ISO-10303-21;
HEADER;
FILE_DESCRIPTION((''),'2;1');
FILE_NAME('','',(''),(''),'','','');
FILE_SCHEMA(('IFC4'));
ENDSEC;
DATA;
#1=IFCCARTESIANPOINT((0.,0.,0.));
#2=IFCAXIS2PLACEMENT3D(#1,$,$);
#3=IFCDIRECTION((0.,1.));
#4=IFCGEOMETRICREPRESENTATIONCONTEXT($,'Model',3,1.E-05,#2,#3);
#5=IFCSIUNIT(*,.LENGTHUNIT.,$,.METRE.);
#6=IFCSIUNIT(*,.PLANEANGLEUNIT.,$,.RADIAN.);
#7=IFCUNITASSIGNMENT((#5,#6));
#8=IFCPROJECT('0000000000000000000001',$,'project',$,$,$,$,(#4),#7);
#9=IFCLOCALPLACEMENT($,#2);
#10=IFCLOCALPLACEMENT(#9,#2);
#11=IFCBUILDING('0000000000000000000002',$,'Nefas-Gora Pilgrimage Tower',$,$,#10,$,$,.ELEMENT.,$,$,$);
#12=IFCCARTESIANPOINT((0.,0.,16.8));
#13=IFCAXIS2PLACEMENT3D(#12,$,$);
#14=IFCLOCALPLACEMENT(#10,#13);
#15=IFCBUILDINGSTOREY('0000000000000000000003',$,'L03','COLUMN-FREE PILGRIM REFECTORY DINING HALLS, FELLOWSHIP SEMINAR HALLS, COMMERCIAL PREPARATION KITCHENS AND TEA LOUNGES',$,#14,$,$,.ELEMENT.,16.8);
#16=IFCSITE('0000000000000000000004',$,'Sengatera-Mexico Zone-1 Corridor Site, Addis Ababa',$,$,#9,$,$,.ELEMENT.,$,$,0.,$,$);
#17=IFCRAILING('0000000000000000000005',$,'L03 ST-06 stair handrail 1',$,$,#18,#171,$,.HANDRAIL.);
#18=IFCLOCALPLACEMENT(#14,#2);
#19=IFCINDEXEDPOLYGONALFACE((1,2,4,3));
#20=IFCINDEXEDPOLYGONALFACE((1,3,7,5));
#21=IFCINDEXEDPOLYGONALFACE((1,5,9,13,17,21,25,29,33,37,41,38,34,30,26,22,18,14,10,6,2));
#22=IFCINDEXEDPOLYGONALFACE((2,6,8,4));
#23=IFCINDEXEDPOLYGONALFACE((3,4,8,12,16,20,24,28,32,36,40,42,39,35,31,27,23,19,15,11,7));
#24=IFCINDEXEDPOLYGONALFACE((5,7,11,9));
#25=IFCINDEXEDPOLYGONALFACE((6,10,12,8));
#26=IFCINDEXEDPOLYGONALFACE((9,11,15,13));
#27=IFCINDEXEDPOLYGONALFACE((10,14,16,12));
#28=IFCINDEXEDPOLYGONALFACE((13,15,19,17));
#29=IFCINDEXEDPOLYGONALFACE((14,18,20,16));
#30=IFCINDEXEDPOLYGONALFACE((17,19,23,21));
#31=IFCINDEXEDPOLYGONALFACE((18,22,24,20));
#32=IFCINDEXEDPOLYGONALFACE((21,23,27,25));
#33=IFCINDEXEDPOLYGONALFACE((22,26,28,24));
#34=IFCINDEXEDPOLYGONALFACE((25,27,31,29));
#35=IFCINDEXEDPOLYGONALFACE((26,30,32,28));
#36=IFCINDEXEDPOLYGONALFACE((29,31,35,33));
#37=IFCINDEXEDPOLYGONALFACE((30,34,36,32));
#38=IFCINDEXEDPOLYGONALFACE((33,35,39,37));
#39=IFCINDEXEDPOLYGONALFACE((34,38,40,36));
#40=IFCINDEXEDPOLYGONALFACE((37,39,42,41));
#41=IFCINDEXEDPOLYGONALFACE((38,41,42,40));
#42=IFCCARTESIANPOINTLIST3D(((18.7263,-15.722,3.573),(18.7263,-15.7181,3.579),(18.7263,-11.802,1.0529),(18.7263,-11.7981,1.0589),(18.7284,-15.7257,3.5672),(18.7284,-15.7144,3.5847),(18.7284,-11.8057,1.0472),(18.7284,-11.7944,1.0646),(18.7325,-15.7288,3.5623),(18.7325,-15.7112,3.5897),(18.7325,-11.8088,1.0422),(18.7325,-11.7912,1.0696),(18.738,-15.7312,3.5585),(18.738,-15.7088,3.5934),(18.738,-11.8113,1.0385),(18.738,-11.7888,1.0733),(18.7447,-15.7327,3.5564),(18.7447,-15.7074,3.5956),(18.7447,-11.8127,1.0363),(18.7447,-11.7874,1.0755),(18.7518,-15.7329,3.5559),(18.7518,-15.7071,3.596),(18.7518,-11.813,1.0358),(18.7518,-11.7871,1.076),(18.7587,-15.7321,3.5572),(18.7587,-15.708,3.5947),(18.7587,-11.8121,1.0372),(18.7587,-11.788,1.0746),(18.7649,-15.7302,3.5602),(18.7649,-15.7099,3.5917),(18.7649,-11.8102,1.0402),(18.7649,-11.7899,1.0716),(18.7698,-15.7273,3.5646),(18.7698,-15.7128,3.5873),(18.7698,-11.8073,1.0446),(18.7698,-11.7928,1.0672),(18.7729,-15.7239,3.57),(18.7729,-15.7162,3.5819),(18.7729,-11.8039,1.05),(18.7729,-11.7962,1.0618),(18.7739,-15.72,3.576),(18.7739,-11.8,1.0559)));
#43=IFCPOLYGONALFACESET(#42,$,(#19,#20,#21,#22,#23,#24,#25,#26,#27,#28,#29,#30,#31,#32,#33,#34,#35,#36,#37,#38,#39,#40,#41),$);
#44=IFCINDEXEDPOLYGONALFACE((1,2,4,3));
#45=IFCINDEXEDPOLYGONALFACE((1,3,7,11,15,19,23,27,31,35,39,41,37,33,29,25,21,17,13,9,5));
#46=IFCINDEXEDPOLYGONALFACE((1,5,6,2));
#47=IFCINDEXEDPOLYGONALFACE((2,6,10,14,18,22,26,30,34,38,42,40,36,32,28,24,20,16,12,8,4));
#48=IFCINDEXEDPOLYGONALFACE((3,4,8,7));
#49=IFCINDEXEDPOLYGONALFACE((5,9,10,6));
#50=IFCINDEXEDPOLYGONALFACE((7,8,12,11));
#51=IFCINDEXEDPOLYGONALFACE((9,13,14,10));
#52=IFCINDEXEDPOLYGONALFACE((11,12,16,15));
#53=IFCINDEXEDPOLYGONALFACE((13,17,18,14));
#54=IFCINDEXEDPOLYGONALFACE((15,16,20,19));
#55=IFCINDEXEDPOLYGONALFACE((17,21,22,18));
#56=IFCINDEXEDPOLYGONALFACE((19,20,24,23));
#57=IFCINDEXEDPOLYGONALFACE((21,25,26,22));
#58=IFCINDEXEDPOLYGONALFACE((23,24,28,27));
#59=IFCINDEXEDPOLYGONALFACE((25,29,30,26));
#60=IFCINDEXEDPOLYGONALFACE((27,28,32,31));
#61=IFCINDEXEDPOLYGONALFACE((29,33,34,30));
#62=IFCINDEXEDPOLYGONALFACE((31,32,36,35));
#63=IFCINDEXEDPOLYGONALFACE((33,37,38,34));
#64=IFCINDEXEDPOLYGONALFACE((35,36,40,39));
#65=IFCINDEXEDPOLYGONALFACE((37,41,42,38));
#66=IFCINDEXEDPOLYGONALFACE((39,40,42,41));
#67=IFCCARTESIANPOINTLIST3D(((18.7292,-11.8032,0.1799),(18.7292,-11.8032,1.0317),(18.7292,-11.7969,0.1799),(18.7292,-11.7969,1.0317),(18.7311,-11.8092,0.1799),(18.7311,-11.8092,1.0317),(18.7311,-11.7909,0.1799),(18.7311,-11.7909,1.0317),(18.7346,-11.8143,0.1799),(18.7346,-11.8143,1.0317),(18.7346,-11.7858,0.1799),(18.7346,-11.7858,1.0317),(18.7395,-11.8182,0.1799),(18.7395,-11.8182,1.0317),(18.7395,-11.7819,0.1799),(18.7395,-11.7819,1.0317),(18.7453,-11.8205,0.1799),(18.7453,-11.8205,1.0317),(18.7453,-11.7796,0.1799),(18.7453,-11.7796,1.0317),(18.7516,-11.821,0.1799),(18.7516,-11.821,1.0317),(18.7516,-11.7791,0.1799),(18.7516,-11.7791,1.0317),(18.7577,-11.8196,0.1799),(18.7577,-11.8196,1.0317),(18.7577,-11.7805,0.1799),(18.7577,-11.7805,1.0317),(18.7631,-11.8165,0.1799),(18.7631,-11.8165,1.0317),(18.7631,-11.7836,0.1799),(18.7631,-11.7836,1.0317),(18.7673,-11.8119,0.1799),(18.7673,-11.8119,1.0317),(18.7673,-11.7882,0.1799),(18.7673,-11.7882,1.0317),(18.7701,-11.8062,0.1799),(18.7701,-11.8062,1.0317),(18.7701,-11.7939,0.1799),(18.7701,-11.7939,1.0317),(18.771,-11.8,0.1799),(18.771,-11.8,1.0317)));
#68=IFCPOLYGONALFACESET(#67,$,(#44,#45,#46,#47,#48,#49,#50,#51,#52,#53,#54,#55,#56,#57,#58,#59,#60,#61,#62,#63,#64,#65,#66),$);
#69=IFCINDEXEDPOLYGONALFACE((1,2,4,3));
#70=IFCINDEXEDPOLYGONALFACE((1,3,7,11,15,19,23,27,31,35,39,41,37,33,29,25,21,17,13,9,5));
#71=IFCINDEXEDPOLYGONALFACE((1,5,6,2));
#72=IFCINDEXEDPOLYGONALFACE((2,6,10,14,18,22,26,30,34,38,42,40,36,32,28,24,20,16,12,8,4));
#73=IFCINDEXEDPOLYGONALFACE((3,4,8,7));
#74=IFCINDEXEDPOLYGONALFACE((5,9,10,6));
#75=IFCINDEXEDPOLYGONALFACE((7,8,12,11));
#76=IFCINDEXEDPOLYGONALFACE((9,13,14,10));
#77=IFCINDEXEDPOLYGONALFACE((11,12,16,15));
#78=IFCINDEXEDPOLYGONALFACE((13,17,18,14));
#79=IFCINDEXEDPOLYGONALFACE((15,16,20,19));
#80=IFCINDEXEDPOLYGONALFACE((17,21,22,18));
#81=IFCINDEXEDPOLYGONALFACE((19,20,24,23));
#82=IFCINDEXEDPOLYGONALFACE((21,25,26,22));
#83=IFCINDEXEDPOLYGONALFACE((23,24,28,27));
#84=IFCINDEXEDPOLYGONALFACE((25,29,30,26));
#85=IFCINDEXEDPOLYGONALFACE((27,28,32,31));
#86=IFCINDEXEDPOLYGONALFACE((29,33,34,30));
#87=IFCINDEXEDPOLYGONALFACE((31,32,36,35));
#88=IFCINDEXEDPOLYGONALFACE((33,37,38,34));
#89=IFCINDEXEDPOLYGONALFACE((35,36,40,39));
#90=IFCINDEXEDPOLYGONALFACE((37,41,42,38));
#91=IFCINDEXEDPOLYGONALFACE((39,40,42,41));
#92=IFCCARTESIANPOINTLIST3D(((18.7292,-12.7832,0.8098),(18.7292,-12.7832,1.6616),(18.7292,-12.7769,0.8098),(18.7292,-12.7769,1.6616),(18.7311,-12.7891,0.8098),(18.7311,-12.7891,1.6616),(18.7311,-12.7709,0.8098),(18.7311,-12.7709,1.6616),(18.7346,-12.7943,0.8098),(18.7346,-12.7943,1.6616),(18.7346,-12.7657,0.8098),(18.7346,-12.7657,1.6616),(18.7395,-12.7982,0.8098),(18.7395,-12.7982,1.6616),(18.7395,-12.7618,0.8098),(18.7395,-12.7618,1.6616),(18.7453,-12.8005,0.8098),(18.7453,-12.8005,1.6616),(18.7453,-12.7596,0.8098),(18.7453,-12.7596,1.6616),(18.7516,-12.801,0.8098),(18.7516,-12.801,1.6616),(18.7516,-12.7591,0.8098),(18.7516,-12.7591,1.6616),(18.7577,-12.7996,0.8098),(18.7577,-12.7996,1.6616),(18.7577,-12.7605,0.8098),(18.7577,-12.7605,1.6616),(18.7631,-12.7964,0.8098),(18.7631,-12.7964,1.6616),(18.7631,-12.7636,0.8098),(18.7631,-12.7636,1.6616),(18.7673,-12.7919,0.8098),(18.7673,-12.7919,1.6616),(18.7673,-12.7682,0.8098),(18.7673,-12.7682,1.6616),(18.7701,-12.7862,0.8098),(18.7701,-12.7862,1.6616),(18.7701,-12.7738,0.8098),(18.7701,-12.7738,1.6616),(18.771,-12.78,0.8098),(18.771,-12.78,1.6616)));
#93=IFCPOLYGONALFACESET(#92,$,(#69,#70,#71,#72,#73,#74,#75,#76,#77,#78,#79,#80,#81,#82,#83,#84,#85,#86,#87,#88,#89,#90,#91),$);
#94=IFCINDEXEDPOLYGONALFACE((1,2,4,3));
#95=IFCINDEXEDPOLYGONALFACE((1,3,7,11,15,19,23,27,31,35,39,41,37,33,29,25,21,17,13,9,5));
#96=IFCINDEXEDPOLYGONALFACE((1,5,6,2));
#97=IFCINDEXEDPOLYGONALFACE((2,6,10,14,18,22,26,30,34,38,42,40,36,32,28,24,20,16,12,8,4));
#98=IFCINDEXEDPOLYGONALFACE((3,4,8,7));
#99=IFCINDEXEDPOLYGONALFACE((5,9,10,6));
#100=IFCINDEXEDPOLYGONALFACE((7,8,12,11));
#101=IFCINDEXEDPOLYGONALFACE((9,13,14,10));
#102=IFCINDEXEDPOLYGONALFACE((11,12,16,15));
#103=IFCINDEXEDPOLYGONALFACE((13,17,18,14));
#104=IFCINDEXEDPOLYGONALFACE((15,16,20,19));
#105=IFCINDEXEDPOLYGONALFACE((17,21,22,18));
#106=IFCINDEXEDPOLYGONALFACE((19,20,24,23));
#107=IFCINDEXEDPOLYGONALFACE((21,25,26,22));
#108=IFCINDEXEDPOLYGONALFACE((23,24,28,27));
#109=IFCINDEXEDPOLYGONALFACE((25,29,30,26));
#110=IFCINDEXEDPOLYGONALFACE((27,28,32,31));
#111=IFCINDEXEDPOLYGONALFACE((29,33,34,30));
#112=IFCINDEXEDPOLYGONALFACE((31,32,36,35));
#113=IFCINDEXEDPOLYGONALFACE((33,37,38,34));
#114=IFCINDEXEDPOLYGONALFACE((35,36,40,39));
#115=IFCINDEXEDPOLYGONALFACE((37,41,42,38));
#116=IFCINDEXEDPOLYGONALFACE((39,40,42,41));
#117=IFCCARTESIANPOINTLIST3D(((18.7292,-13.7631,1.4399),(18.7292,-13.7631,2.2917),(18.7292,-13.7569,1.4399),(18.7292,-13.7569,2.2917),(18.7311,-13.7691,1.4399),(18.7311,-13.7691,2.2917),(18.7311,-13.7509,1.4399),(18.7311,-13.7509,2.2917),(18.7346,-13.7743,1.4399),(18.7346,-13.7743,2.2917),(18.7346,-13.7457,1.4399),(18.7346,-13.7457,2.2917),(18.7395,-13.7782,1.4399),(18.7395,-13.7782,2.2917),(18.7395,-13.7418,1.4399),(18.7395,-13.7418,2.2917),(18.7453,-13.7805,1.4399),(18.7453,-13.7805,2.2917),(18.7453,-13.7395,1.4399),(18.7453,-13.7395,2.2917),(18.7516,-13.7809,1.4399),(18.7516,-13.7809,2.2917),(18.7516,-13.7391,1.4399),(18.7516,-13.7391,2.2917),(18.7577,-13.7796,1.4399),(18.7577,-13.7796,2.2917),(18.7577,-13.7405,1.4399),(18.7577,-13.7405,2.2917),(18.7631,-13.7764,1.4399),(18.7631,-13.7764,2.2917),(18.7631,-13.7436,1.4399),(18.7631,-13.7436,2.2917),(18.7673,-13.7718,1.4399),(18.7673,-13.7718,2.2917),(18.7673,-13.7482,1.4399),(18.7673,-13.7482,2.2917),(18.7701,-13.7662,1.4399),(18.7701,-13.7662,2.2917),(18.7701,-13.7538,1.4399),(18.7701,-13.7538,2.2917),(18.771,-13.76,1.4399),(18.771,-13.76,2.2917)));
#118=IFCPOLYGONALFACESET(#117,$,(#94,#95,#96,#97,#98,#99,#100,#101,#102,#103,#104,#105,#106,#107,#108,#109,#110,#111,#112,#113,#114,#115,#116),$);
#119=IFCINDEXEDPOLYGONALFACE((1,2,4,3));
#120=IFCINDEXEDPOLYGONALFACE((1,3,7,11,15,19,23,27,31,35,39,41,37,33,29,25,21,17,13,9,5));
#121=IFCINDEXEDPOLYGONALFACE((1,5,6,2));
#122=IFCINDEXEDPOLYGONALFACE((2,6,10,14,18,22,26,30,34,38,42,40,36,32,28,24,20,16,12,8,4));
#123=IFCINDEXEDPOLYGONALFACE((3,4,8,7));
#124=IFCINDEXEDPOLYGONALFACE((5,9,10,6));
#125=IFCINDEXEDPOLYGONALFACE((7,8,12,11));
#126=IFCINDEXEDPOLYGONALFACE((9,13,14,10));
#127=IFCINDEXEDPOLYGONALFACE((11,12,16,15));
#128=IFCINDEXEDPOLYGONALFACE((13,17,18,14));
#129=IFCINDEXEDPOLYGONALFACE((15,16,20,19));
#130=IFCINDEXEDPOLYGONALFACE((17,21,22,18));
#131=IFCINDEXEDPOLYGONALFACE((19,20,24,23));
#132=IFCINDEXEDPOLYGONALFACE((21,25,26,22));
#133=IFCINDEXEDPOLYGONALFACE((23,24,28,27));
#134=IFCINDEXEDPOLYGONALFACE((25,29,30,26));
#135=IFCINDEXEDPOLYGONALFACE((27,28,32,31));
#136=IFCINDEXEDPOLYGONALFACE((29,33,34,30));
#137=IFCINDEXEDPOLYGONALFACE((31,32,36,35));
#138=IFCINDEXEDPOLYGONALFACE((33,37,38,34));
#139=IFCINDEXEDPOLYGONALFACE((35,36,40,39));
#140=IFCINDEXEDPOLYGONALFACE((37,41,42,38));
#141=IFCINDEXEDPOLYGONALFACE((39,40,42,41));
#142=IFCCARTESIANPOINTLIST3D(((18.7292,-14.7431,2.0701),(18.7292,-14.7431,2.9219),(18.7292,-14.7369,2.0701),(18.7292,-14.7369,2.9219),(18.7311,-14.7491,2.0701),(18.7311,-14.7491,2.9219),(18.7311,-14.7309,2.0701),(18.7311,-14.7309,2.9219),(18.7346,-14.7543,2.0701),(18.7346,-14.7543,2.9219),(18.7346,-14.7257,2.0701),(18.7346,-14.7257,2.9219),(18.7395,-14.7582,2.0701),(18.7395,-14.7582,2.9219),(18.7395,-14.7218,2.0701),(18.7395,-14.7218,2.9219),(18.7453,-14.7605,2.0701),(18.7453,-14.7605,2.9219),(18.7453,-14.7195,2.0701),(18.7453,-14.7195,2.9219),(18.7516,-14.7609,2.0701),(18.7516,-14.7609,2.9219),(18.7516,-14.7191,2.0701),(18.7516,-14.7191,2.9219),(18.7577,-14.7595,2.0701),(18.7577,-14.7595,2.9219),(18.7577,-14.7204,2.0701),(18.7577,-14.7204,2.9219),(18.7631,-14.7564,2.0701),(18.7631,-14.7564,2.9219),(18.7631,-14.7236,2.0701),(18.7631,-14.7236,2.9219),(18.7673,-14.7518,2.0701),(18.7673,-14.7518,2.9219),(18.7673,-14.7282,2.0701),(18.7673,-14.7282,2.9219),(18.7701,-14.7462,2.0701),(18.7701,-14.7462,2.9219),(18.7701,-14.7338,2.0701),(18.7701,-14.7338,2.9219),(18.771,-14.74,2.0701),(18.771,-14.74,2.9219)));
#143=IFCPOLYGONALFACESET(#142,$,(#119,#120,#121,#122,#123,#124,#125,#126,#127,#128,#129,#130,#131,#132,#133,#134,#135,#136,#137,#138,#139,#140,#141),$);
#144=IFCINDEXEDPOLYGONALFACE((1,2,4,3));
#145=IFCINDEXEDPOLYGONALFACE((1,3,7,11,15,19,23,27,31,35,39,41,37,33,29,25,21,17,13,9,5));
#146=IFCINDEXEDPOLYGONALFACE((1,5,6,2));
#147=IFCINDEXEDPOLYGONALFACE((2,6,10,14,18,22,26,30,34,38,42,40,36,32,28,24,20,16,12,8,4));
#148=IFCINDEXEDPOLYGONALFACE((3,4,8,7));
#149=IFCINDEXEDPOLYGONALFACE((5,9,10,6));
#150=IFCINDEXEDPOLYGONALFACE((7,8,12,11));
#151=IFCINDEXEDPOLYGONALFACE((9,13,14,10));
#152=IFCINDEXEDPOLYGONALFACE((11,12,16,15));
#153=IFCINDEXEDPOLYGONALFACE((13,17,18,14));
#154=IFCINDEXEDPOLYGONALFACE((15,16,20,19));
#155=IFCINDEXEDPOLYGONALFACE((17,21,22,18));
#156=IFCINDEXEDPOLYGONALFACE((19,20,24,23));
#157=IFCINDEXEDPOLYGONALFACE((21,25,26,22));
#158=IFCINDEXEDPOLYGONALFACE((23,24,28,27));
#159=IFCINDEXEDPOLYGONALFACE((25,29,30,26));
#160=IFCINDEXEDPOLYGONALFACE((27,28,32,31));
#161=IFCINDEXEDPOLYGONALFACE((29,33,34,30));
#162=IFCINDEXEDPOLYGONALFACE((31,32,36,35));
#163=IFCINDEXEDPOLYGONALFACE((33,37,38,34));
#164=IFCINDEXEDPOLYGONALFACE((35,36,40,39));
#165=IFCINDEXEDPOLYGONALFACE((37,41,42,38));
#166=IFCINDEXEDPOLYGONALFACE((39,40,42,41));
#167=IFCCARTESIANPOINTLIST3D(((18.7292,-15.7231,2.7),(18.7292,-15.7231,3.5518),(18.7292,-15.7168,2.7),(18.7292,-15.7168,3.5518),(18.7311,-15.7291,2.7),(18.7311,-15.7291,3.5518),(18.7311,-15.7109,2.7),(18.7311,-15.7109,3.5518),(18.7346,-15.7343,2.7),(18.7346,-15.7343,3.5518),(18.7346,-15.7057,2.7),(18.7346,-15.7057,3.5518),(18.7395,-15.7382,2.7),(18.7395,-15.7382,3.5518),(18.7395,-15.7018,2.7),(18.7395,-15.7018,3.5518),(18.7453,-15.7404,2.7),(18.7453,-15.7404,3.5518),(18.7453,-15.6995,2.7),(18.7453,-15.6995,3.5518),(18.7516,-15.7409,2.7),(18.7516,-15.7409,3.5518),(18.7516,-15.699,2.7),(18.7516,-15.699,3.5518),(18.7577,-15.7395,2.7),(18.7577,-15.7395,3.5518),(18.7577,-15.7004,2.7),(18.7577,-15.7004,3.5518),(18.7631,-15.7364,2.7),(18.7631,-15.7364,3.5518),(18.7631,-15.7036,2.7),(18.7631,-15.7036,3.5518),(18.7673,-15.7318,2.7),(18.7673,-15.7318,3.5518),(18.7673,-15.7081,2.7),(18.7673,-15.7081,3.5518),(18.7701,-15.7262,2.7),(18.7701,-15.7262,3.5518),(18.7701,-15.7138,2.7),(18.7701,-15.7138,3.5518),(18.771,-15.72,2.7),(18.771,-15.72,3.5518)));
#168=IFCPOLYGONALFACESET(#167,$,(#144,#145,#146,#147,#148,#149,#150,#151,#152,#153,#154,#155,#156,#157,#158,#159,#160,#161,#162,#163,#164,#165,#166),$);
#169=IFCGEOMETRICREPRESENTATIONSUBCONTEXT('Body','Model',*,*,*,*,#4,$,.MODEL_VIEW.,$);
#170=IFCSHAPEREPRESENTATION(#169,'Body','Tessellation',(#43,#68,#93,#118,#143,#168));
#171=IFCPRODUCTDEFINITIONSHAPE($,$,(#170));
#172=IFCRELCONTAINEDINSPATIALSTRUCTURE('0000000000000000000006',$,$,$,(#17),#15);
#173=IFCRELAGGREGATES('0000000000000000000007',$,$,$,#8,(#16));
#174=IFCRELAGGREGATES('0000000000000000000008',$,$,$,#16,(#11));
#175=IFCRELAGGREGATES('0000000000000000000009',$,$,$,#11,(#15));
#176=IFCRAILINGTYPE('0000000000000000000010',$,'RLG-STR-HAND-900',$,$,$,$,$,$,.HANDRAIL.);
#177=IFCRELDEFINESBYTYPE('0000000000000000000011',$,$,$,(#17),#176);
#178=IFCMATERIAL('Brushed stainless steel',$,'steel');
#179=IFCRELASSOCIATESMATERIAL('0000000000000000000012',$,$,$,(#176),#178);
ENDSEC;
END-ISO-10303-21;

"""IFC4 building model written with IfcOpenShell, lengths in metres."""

from ifc_helpers import new_model, si_unit, direction, frame, origin, origin_2d, place, context, subcontext, project, spatial, circle, extrude, material, type_object, element, save


model = new_model("IFC4")

# Units and contexts
model_context = context("Model", 3, precision=1e-05, world=origin(), true_north=direction((0.0, 1.0)))
body_context = subcontext(model_context, "Body", "Model", "MODEL_VIEW")
ifc_project = project(units=[si_unit("LENGTHUNIT", "METRE"), si_unit("PLANEANGLEUNIT", "RADIAN")], contexts=[model_context])

# Site, building, storey
site_placement = place(None, origin())
site = spatial("IfcSite", under=ifc_project, at=site_placement, Name="Sengatera-Mexico Zone-1 Corridor Site, Addis Ababa", CompositionType="ELEMENT", RefElevation=0.0)
building_placement = place(site_placement, origin())
building = spatial("IfcBuilding", under=site, at=building_placement, Name="Nefas-Gora Pilgrimage Tower", CompositionType="ELEMENT")
storey_placement = place(building_placement, frame((0.0, 0.0, 16.8)))
storey = spatial("IfcBuildingStorey", under=building, at=storey_placement, Name="L03", Description="COLUMN-FREE PILGRIM REFECTORY DINING HALLS, FELLOWSHIP SEMINAR HALLS, COMMERCIAL PREPARATION KITCHENS AND TEA LOUNGES", CompositionType="ELEMENT", Elevation=16.8)

# Railing
ifc_material_1 = material(Name="Brushed stainless steel", Category="steel")
railing_type_1 = type_object("IfcRailingType", Name="RLG-STR-HAND-900", PredefinedType="HANDRAIL", material=ifc_material_1)
railing_1_placement = place(storey_placement, frame((18.75, -11.8, 0.1799)))
element("IfcRailing", 1, at=railing_1_placement, inside=storey, type_object=railing_type_1, Name="L03 ST-06 stair handrail 1", PredefinedType="HANDRAIL", context=body_context, shape_type="SweptSolid", body=[
    extrude(circle(Radius=0.0239, at=origin_2d()), frame((0.0, 0.0, 0.876), z_axis=(0.0, -0.841172, 0.540768), x_axis=(1.0, 0.0, 0.0)), (0.0, 0.0, 1.0), 4.6602),
    extrude(circle(Radius=0.021, at=origin_2d()), origin(), (0.0, 0.0, 1.0), 0.8518),
    extrude(circle(Radius=0.021, at=origin_2d()), frame((0.0, -0.98, 0.6299)), (0.0, 0.0, 1.0), 0.8518),
    extrude(circle(Radius=0.021, at=origin_2d()), frame((0.0, -1.96, 1.26)), (0.0, 0.0, 1.0), 0.8518),
    extrude(circle(Radius=0.021, at=origin_2d()), frame((0.0, -2.9399, 1.8901)), (0.0, 0.0, 1.0), 0.8518),
    extrude(circle(Radius=0.021, at=origin_2d()), frame((0.0, -3.9199, 2.52)), (0.0, 0.0, 1.0), 0.8518),
])

save(model, "model.ifc")
